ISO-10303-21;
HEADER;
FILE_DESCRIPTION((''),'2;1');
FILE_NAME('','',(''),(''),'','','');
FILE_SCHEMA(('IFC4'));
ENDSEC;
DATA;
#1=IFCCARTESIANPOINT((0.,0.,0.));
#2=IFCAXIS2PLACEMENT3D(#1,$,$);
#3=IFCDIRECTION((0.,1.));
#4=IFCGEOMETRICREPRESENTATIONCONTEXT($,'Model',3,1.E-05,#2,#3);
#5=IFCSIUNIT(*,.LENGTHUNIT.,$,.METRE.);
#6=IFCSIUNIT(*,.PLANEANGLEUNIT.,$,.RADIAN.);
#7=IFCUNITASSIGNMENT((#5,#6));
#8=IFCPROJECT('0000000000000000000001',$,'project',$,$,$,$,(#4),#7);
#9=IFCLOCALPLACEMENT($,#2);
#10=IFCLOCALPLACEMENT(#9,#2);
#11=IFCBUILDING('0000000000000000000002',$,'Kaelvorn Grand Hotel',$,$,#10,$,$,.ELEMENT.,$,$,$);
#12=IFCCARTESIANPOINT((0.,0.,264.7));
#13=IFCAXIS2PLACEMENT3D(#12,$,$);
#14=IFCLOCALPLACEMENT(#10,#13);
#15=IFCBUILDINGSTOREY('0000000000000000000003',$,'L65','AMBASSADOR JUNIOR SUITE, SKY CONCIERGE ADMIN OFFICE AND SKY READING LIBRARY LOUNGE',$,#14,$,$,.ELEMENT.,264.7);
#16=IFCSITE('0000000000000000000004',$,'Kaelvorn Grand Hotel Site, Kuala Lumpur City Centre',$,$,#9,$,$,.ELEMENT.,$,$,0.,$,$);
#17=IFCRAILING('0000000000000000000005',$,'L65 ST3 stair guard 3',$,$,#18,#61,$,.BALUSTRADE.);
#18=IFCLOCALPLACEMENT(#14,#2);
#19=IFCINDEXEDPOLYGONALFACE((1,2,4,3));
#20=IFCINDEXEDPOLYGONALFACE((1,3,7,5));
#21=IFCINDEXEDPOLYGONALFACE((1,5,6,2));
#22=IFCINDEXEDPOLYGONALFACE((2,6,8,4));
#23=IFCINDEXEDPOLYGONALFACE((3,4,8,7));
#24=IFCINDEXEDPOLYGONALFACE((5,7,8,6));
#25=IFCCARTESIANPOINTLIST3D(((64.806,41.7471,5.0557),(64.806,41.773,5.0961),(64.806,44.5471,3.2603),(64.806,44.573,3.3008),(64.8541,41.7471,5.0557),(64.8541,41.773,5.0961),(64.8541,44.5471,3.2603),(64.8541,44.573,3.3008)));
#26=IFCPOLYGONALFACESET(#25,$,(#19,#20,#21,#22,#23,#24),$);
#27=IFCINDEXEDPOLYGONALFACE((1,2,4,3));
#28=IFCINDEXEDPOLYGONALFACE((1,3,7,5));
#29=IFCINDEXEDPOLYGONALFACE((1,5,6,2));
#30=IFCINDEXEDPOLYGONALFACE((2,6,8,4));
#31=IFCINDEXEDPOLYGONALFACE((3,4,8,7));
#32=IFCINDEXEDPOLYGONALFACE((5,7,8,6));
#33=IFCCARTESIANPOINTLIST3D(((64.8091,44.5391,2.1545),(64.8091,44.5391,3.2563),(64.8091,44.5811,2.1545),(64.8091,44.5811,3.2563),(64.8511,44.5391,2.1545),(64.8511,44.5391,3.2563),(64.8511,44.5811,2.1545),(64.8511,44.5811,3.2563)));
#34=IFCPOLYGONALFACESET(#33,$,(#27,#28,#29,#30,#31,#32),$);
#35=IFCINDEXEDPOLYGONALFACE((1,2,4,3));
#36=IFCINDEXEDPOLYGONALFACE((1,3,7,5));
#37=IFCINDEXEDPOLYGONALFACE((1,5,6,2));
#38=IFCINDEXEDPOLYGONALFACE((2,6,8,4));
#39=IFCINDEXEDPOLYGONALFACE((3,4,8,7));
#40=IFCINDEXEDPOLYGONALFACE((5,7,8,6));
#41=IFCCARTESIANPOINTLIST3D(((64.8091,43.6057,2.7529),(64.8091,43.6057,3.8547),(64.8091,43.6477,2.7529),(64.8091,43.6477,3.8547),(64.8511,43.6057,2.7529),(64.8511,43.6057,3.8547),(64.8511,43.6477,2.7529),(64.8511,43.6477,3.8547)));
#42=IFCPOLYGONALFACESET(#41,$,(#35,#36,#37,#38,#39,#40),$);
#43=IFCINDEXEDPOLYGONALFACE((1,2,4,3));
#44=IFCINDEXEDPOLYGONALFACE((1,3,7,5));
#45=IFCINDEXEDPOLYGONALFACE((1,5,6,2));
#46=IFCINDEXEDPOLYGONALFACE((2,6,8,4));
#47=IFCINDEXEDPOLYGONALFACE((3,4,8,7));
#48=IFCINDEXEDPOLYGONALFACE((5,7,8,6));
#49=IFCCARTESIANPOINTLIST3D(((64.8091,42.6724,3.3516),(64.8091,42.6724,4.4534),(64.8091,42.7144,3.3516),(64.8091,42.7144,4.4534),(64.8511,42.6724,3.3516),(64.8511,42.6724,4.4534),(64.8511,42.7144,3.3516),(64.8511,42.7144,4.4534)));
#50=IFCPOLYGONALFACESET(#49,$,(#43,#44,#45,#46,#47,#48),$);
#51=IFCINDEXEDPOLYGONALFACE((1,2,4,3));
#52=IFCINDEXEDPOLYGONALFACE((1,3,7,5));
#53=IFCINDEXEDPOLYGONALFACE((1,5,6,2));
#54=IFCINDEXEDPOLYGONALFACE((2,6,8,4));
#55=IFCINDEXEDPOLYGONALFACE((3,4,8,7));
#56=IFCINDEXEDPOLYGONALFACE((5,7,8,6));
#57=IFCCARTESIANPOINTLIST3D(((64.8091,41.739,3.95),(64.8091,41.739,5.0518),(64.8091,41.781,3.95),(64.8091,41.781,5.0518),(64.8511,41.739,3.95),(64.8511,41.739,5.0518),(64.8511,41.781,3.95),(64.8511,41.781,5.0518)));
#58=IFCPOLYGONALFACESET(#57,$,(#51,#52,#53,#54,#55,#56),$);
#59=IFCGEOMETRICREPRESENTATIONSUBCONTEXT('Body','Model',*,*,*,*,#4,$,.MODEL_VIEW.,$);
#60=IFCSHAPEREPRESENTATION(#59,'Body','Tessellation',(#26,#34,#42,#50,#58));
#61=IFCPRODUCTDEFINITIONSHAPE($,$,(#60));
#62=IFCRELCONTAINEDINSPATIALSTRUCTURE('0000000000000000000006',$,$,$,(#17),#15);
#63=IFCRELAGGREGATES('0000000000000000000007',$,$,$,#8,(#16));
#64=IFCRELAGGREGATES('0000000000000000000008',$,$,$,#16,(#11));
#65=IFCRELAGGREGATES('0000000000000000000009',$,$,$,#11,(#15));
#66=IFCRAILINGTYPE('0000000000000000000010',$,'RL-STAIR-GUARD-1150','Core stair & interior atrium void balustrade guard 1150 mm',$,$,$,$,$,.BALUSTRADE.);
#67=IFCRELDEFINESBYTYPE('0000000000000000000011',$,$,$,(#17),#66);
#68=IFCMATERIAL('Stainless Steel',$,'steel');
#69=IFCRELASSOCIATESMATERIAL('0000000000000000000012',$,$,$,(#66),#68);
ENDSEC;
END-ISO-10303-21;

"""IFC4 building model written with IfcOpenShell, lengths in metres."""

from ifc_helpers import new_model, si_unit, direction, frame, origin, origin_2d, place, context, subcontext, project, spatial, rectangle, extrude, material, type_object, element, save


model = new_model("IFC4")

# Units and contexts
model_context = context("Model", 3, precision=1e-05, world=origin(), true_north=direction((0.0, 1.0)))
body_context = subcontext(model_context, "Body", "Model", "MODEL_VIEW")
ifc_project = project(units=[si_unit("LENGTHUNIT", "METRE"), si_unit("PLANEANGLEUNIT", "RADIAN")], contexts=[model_context])

# Site, building, storey
site_placement = place(None, origin())
site = spatial("IfcSite", under=ifc_project, at=site_placement, Name="Kaelvorn Grand Hotel Site, Kuala Lumpur City Centre", CompositionType="ELEMENT", RefElevation=0.0)
building_placement = place(site_placement, origin())
building = spatial("IfcBuilding", under=site, at=building_placement, Name="Kaelvorn Grand Hotel", CompositionType="ELEMENT")
storey_placement = place(building_placement, frame((0.0, 0.0, 264.7)))
storey = spatial("IfcBuildingStorey", under=building, at=storey_placement, Name="L65", Description="AMBASSADOR JUNIOR SUITE, SKY CONCIERGE ADMIN OFFICE AND SKY READING LIBRARY LOUNGE", CompositionType="ELEMENT", Elevation=264.7)

# Shared definitions
ifc_material_1 = material(Name="Stainless Steel", Category="steel")

# Railing
railing_type_1 = type_object("IfcRailingType", Name="RL-STAIR-GUARD-1150", Description="Core stair & interior atrium void balustrade guard 1150 mm", PredefinedType="BALUSTRADE", material=ifc_material_1)
railing_1_placement = place(storey_placement, frame((64.8301, 44.5601, 2.1545)))
element("IfcRailing", 1, at=railing_1_placement, inside=storey, type_object=railing_type_1, Name="L65 ST3 stair guard 3", PredefinedType="BALUSTRADE", context=body_context, shape_type="SweptSolid", body=[
    extrude(rectangle(XDim=0.0481, YDim=0.0481, at=origin_2d()), frame((0.0, 0.0, 1.126), z_axis=(0.0, -0.84181, 0.539774), x_axis=(1.0, 0.0, 0.0)), (0.0, 0.0, 1.0), 3.3262),
    extrude(rectangle(XDim=0.042, YDim=0.042, at=origin_2d()), origin(), (0.0, 0.0, 1.0), 1.1018),
    extrude(rectangle(XDim=0.042, YDim=0.042, at=origin_2d()), frame((0.0, -0.9333, 0.5984)), (0.0, 0.0, 1.0), 1.1018),
    extrude(rectangle(XDim=0.042, YDim=0.042, at=origin_2d()), frame((0.0, -1.8667, 1.197)), (0.0, 0.0, 1.0), 1.1018),
    extrude(rectangle(XDim=0.042, YDim=0.042, at=origin_2d()), frame((0.0, -2.8, 1.7954)), (0.0, 0.0, 1.0), 1.1018),
])

save(model, "model.ifc")
